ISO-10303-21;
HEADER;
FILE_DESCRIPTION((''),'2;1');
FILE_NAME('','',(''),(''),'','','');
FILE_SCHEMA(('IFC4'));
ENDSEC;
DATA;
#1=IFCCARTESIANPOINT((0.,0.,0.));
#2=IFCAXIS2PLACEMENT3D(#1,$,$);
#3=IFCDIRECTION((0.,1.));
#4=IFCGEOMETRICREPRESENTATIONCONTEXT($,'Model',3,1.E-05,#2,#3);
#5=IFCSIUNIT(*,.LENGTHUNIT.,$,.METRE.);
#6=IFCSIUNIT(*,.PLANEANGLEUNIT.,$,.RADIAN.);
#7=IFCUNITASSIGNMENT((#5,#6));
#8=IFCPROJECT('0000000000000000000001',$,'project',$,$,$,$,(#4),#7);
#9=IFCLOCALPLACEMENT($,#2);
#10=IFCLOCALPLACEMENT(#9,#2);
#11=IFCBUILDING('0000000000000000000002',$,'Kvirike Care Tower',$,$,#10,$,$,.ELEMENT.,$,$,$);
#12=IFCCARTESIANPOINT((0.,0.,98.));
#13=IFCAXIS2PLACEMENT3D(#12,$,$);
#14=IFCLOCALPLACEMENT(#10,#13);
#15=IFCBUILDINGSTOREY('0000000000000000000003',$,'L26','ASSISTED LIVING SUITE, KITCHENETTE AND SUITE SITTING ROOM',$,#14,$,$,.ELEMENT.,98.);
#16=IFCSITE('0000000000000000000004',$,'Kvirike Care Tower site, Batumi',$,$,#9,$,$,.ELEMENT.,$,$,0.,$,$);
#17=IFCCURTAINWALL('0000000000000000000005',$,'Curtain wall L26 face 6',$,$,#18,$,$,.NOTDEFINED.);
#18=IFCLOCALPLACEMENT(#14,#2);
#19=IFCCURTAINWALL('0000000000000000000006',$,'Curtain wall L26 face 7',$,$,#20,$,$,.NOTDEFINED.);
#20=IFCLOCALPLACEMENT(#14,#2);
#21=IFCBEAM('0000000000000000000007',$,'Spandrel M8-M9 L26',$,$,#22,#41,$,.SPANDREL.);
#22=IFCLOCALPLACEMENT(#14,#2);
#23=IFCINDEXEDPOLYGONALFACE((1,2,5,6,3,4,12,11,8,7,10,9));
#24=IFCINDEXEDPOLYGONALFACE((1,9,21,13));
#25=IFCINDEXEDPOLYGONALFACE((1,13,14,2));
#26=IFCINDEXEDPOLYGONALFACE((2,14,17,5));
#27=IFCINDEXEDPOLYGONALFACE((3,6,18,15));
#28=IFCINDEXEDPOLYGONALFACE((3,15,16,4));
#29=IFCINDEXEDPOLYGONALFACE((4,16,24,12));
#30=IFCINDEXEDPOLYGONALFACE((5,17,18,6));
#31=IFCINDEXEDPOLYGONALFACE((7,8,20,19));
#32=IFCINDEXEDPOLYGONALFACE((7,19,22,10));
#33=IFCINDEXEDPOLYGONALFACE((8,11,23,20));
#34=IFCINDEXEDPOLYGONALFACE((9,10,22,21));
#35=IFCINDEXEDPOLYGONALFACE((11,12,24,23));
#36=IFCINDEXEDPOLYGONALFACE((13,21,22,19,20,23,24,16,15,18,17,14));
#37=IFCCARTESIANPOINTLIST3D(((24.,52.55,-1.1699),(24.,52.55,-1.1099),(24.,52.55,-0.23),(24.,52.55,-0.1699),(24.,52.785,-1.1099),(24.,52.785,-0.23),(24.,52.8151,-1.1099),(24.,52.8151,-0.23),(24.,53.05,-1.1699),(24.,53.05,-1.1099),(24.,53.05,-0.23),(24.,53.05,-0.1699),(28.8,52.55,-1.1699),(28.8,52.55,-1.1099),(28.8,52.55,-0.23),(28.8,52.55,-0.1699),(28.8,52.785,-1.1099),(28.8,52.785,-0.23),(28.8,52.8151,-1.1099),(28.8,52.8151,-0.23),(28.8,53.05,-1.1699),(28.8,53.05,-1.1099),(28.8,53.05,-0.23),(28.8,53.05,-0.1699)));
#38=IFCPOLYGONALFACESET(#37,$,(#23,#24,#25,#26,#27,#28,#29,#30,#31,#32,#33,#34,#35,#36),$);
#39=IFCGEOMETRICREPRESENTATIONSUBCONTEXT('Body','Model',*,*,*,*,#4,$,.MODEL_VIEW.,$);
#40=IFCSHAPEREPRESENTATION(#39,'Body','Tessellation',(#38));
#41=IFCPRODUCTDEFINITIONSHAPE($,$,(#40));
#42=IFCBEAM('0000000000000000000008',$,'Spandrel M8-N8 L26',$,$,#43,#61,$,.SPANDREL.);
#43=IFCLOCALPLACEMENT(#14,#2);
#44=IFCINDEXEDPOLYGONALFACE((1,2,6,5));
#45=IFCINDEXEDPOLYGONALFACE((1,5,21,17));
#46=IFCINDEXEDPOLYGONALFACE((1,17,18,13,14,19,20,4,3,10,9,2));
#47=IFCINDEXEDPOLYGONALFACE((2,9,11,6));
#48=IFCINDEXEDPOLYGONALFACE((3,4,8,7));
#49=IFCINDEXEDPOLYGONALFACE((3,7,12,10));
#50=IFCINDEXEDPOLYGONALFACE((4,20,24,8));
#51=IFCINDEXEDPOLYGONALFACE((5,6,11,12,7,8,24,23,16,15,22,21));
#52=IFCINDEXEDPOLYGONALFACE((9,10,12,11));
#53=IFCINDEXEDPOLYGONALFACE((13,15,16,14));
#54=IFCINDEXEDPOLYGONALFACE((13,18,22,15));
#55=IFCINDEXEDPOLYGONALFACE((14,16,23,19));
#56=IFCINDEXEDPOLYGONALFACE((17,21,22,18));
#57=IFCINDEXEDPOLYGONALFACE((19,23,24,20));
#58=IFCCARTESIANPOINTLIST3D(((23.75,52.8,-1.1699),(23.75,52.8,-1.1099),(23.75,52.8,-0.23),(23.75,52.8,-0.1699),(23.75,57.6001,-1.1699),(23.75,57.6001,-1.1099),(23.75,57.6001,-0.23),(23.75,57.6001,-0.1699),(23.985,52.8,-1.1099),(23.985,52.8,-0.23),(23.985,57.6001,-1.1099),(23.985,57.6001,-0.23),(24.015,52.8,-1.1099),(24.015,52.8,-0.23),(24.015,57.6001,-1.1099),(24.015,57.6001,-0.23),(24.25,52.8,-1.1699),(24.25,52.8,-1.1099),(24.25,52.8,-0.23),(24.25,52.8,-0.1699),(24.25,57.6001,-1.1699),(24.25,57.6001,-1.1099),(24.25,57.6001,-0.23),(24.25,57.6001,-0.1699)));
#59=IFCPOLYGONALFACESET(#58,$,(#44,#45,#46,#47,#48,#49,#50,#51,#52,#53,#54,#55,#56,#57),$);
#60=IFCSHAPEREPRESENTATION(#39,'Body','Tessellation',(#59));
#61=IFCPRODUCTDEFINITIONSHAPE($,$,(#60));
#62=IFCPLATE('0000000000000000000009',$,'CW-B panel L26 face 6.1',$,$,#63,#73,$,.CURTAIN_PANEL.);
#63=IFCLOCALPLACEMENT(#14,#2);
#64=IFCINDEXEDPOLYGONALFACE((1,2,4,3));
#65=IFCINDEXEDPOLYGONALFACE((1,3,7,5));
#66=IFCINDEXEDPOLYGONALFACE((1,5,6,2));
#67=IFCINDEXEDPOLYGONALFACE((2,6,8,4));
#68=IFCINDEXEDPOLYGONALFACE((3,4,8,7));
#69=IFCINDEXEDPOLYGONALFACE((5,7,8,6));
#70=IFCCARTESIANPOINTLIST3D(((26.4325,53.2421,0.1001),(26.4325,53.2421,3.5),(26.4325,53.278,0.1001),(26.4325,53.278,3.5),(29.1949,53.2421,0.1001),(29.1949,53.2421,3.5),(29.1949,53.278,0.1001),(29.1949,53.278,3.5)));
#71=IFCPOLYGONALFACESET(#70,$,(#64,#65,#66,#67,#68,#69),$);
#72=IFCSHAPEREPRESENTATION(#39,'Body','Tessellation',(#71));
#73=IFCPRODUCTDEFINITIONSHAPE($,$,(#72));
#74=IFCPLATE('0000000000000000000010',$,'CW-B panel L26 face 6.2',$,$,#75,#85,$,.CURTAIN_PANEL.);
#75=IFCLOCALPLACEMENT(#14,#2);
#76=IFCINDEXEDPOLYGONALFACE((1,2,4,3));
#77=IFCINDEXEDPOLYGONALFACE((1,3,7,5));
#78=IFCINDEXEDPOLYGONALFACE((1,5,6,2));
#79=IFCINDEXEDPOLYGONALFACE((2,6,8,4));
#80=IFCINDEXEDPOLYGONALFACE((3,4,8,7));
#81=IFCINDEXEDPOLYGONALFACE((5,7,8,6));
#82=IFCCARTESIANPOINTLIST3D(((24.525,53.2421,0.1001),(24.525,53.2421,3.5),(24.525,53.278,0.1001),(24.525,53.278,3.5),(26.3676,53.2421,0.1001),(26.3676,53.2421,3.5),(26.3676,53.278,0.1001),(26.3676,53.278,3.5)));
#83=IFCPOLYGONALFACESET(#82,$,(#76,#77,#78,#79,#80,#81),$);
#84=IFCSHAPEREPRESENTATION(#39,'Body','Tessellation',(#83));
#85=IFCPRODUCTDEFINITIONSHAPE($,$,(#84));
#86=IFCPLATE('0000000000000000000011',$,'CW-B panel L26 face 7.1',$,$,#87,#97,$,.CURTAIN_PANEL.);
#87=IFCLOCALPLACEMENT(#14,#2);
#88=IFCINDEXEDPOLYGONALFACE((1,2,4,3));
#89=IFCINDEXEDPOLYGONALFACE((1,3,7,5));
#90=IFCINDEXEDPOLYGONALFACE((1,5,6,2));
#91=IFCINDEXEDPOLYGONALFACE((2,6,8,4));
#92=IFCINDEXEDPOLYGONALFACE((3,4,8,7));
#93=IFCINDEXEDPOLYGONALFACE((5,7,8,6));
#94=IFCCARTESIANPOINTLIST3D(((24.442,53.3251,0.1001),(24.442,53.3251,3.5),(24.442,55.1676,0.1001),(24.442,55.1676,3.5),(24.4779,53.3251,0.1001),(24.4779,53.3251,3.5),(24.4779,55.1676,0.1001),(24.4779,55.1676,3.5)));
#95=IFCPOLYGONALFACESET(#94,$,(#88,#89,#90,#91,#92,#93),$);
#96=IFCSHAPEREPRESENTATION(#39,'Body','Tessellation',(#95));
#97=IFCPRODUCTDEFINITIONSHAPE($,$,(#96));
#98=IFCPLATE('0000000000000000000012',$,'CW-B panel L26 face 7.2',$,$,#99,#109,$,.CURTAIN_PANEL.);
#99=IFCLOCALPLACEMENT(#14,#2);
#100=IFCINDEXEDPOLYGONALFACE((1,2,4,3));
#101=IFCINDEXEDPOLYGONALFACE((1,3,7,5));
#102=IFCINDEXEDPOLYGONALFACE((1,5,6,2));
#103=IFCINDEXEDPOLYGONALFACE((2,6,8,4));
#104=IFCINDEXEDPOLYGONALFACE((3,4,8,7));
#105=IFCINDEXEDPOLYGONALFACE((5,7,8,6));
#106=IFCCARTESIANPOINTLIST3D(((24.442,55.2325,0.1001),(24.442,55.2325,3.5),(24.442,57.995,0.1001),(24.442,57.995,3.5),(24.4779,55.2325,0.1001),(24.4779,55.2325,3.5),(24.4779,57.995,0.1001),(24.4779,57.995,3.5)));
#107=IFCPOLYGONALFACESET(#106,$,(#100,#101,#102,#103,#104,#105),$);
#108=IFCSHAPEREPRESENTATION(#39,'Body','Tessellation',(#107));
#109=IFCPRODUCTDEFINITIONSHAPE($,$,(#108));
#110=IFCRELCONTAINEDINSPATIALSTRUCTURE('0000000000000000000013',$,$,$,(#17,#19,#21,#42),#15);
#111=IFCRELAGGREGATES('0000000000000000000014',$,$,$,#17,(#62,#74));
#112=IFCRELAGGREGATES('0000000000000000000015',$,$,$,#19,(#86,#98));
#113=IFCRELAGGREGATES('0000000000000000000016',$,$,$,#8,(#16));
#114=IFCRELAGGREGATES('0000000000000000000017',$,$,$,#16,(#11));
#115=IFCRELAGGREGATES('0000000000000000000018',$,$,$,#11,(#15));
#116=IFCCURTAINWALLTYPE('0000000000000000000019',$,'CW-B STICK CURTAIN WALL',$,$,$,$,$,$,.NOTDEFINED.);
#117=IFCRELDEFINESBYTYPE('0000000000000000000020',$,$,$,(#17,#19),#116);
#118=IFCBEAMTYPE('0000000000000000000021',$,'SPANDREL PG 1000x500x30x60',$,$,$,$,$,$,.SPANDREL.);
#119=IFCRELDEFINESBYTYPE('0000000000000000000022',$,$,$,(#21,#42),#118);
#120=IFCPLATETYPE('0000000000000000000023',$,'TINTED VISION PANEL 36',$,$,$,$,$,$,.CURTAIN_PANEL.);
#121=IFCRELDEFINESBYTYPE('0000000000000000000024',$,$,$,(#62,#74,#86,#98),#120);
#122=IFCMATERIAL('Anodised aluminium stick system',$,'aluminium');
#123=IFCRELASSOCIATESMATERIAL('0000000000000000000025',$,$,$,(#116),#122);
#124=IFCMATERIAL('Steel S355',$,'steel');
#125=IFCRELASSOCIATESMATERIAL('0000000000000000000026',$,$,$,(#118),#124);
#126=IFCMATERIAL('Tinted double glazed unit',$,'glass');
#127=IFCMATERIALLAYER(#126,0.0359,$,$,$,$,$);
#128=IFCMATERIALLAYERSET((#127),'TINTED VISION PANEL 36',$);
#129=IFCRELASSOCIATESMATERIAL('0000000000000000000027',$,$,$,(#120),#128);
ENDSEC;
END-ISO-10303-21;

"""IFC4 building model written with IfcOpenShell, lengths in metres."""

from ifc_helpers import new_model, si_unit, direction, frame, origin, origin_2d, place, context, subcontext, project, spatial, rectangle, i_section, extrude, material, layer, layer_set, material_profile, profile_set, type_object, element, aggregate, save


model = new_model("IFC4")

# Units and contexts
model_context = context("Model", 3, precision=1e-05, world=origin(), true_north=direction((0.0, 1.0)))
body_context = subcontext(model_context, "Body", "Model", "MODEL_VIEW")
ifc_project = project(units=[si_unit("LENGTHUNIT", "METRE"), si_unit("PLANEANGLEUNIT", "RADIAN")], contexts=[model_context])

# Site, building, storey
site_placement = place(None, origin())
site = spatial("IfcSite", under=ifc_project, at=site_placement, Name="Kvirike Care Tower site, Batumi", CompositionType="ELEMENT", RefElevation=0.0)
building_placement = place(site_placement, origin())
building = spatial("IfcBuilding", under=site, at=building_placement, Name="Kvirike Care Tower", CompositionType="ELEMENT")
storey_placement = place(building_placement, frame((0.0, 0.0, 98.0)))
storey = spatial("IfcBuildingStorey", under=building, at=storey_placement, Name="L26", Description="ASSISTED LIVING SUITE, KITCHENETTE AND SUITE SITTING ROOM", CompositionType="ELEMENT", Elevation=98.0)

# Curtain walls
ifc_material_1 = material(Name="Anodised aluminium stick system", Category="aluminium")
curtain_wall_type = type_object("IfcCurtainWallType", Name="CW-B STICK CURTAIN WALL", PredefinedType="NOTDEFINED", material=ifc_material_1)
curtain_wall_1_placement = place(storey_placement, origin())
curtain_wall_1 = element("IfcCurtainWall", 1, at=curtain_wall_1_placement, inside=storey, type_object=curtain_wall_type, Name="Curtain wall L26 face 6", PredefinedType="NOTDEFINED")
curtain_wall_2_placement = place(storey_placement, origin())
curtain_wall_2 = element("IfcCurtainWall", 2, at=curtain_wall_2_placement, inside=storey, type_object=curtain_wall_type, Name="Curtain wall L26 face 7", PredefinedType="NOTDEFINED")

# Beams
ifc_material_2 = material(Name="Steel S355", Category="steel")
ifc_material_profile_1 = material_profile(ifc_material_2, i_section(OverallWidth=0.5, OverallDepth=1.0, WebThickness=0.03, FlangeThickness=0.0601, at=origin_2d()), Name="PG 1000x500x30x60")
ifc_profile_set_1 = profile_set([ifc_material_profile_1], Name="Steel S355")
beam_type = type_object("IfcBeamType", Name="SPANDREL PG 1000x500x30x60", PredefinedType="SPANDREL", material=ifc_profile_set_1)
for number, where, z_axis, x_axis, name in (
    (3, (24.0, 52.8, -0.6699), (1.0, 0.0, 0.0), (0.0, 1.0, 0.0), "Spandrel M8-M9 L26"),
    (4, (24.0, 52.8, -0.6699), (0.0, 1.0, 0.0), (-1.0, 0.0, 0.0), "Spandrel M8-N8 L26"),
):
    element("IfcBeam", number, at=place(storey_placement, frame(where, z_axis=z_axis, x_axis=x_axis)), inside=storey, type_object=beam_type, Name=name, PredefinedType="SPANDREL", context=body_context, shape_type="SweptSolid", body=[
        extrude(i_section(OverallWidth=0.5, OverallDepth=1.0, WebThickness=0.03, FlangeThickness=0.0601, at=origin_2d()), origin(), (0.0, 0.0, 1.0), 4.8),
    ])

# Plates
ifc_material_3 = material(Name="Tinted double glazed unit", Category="glass")
ifc_layer = layer(ifc_material_3, 0.0359)
ifc_layer_set = layer_set([ifc_layer], Name="TINTED VISION PANEL 36")
plate_type = type_object("IfcPlateType", Name="TINTED VISION PANEL 36", PredefinedType="CURTAIN_PANEL", material=ifc_layer_set)
plate_1_placement = place(storey_placement, frame((27.8137, 53.26, 0.1001), z_axis=(0.0, 0.0, 1.0), x_axis=(-1.0, 0.0, 0.0)))
plate_1 = element("IfcPlate", 5, at=plate_1_placement, type_object=plate_type, Name="CW-B panel L26 face 6.1", PredefinedType="CURTAIN_PANEL", context=body_context, shape_type="SweptSolid", body=[
    extrude(rectangle(XDim=2.7625, YDim=0.0359, at=origin_2d()), origin(), (0.0, 0.0, 1.0), 3.3999),
])
plate_2_placement = place(storey_placement, frame((25.4463, 53.26, 0.1001), z_axis=(0.0, 0.0, 1.0), x_axis=(-1.0, 0.0, 0.0)))
plate_2 = element("IfcPlate", 6, at=plate_2_placement, type_object=plate_type, Name="CW-B panel L26 face 6.2", PredefinedType="CURTAIN_PANEL", context=body_context, shape_type="SweptSolid", body=[
    extrude(rectangle(XDim=1.8425, YDim=0.0359, at=origin_2d()), origin(), (0.0, 0.0, 1.0), 3.3999),
])
aggregate(curtain_wall_1, [plate_1, plate_2])
plate_3_placement = place(storey_placement, frame((24.46, 54.2463, 0.1001), z_axis=(0.0, 0.0, 1.0), x_axis=(0.0, 1.0, 0.0)))
plate_3 = element("IfcPlate", 7, at=plate_3_placement, type_object=plate_type, Name="CW-B panel L26 face 7.1", PredefinedType="CURTAIN_PANEL", context=body_context, shape_type="SweptSolid", body=[
    extrude(rectangle(XDim=1.8425, YDim=0.0359, at=origin_2d()), origin(), (0.0, 0.0, 1.0), 3.3999),
])
plate_4_placement = place(storey_placement, frame((24.46, 56.6138, 0.1001), z_axis=(0.0, 0.0, 1.0), x_axis=(0.0, 1.0, 0.0)))
plate_4 = element("IfcPlate", 8, at=plate_4_placement, type_object=plate_type, Name="CW-B panel L26 face 7.2", PredefinedType="CURTAIN_PANEL", context=body_context, shape_type="SweptSolid", body=[
    extrude(rectangle(XDim=2.7625, YDim=0.0359, at=origin_2d()), origin(), (0.0, 0.0, 1.0), 3.3999),
])
aggregate(curtain_wall_2, [plate_3, plate_4])

save(model, "model.ifc")
